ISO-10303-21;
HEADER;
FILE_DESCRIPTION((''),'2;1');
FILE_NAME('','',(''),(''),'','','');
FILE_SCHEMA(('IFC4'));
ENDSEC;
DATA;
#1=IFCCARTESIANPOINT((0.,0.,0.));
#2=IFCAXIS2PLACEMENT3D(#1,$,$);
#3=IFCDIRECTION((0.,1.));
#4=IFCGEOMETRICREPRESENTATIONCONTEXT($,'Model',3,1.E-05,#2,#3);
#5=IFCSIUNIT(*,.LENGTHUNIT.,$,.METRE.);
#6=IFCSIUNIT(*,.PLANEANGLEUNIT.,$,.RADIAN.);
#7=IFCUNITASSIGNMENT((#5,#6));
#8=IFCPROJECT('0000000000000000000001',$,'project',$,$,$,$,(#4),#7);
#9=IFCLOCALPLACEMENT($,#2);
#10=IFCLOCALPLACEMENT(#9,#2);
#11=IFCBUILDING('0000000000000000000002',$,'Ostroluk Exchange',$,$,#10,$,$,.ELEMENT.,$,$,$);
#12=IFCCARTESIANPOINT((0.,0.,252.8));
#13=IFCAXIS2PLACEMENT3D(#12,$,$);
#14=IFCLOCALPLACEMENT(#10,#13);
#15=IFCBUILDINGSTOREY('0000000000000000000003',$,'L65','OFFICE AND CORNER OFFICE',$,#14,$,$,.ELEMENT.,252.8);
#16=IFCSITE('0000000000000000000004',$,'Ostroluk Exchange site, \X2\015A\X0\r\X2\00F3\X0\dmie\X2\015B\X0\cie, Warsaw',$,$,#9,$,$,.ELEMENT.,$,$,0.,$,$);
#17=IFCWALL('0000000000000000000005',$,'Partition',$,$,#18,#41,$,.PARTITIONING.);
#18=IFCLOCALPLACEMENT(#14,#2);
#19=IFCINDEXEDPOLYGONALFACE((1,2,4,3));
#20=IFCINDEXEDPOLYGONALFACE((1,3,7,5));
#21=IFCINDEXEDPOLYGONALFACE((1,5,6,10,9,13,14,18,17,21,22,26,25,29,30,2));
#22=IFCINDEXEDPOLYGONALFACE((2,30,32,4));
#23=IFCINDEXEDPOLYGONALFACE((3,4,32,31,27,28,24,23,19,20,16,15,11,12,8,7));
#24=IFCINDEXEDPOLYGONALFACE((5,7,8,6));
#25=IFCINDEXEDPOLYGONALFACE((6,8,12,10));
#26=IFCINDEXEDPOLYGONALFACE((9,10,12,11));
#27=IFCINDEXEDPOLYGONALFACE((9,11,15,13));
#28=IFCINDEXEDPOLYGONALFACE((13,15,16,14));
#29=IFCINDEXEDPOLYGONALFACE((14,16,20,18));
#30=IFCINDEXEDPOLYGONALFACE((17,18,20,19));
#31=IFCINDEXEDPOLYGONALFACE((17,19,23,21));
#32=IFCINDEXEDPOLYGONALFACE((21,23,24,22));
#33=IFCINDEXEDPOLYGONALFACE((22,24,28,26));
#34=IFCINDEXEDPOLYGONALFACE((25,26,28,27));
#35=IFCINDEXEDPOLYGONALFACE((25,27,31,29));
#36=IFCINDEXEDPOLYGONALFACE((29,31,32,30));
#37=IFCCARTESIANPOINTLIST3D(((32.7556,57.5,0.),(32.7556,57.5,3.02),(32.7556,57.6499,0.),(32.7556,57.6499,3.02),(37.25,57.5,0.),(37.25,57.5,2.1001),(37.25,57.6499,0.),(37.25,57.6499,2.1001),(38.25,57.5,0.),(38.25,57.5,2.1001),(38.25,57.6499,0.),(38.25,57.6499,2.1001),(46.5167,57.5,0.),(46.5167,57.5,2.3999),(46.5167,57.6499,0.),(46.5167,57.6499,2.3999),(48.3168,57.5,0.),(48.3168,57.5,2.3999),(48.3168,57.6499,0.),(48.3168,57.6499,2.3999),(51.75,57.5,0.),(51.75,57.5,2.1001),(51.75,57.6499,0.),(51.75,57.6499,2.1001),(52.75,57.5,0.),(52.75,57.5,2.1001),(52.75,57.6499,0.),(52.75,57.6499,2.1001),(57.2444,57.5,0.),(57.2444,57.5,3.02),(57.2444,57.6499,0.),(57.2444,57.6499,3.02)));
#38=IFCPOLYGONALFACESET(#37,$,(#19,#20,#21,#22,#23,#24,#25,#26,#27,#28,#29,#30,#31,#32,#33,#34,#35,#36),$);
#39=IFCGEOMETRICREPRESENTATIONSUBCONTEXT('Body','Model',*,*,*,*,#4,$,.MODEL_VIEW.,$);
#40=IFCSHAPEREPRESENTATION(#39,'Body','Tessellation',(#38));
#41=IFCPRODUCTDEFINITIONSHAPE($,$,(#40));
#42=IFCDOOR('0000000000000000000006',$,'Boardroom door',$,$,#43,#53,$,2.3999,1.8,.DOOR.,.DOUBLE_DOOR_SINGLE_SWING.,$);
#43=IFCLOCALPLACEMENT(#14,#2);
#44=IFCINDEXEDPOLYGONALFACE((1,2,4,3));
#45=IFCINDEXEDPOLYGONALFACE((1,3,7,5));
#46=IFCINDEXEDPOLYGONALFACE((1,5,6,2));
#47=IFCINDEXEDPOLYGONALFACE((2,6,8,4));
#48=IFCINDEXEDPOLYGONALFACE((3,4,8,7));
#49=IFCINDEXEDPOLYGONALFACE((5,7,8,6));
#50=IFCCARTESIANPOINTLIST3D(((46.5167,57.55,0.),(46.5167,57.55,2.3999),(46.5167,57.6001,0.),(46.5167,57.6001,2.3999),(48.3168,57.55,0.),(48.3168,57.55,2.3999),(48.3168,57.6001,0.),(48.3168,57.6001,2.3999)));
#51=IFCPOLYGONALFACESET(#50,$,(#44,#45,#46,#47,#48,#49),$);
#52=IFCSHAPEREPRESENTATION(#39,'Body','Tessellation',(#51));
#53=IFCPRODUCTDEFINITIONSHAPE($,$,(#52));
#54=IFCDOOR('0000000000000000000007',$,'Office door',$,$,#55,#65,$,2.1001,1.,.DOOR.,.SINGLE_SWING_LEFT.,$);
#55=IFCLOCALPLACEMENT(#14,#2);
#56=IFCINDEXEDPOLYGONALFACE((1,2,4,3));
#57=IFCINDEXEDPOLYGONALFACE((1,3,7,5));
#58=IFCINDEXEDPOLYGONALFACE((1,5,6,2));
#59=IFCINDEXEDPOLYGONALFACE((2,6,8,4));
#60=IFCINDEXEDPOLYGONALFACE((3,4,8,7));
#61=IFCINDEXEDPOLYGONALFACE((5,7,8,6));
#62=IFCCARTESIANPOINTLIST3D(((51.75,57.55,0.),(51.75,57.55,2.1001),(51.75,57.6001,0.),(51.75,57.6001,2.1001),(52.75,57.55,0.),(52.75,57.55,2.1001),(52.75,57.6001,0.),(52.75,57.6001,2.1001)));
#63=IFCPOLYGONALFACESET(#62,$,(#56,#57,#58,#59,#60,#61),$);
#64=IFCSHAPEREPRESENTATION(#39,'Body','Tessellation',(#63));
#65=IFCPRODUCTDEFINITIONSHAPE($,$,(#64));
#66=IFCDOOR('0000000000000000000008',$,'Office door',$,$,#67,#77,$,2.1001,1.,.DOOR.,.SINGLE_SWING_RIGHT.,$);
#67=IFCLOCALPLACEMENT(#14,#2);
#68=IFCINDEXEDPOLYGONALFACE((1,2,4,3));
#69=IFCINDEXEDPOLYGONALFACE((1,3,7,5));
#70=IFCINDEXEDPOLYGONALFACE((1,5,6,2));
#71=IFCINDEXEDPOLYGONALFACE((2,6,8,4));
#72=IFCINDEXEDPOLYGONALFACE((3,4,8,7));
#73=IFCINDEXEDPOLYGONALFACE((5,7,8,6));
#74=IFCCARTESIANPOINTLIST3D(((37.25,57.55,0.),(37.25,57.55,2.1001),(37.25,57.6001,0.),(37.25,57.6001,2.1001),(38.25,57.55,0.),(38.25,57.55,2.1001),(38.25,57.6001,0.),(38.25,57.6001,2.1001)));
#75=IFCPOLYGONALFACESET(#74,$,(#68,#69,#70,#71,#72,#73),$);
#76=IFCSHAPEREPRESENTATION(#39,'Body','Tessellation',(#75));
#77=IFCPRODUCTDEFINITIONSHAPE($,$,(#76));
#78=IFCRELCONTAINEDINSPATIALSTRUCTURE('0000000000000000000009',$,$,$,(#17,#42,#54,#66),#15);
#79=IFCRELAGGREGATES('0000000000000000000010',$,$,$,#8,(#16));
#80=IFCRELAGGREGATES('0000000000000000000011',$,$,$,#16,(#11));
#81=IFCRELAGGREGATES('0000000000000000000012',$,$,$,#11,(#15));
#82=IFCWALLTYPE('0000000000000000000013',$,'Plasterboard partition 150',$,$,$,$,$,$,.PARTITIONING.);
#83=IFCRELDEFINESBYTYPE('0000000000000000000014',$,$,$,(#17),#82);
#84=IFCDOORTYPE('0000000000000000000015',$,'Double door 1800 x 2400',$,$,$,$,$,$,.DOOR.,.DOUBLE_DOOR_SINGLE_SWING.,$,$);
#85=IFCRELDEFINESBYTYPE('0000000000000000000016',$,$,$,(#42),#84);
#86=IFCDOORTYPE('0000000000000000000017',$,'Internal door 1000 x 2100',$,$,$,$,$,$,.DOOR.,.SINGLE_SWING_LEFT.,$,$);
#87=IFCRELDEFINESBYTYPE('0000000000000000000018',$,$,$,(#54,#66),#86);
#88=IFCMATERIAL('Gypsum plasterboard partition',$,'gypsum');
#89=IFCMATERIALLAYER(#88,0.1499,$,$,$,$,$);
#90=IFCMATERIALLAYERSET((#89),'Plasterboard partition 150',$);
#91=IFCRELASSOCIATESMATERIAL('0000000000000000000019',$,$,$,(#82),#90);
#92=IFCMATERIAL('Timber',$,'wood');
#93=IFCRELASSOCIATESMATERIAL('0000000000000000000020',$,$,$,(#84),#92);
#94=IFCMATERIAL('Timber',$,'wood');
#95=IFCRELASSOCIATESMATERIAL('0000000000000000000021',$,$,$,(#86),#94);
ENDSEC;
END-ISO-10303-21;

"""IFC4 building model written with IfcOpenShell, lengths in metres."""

from ifc_helpers import new_model, si_unit, direction, frame, frame_2d, origin, place, context, subcontext, project, spatial, rectangle, extrude, material, layer, layer_set, type_object, element, fill, save


model = new_model("IFC4")

# Units and contexts
model_context = context("Model", 3, precision=1e-05, world=origin(), true_north=direction((0.0, 1.0)))
body_context = subcontext(model_context, "Body", "Model", "MODEL_VIEW")
ifc_project = project(units=[si_unit("LENGTHUNIT", "METRE"), si_unit("PLANEANGLEUNIT", "RADIAN")], contexts=[model_context])

# Site, building, storey
site_placement = place(None, origin())
site = spatial("IfcSite", under=ifc_project, at=site_placement, Name="Ostroluk Exchange site, Śródmieście, Warsaw", CompositionType="ELEMENT", RefElevation=0.0)
building_placement = place(site_placement, origin())
building = spatial("IfcBuilding", under=site, at=building_placement, Name="Ostroluk Exchange", CompositionType="ELEMENT")
storey_placement = place(building_placement, frame((0.0, 0.0, 252.8)))
storey = spatial("IfcBuildingStorey", under=building, at=storey_placement, Name="L65", Description="OFFICE AND CORNER OFFICE", CompositionType="ELEMENT", Elevation=252.8)

# Shared definitions
ifc_material_1 = material(Name="Gypsum plasterboard partition", Category="gypsum")
ifc_layer_1 = layer(ifc_material_1, 0.1499)
ifc_layer_set_1 = layer_set([ifc_layer_1], Name="Plasterboard partition 150")
wall_type = type_object("IfcWallType", Name="Plasterboard partition 150", PredefinedType="PARTITIONING", material=ifc_layer_set_1)

# Wall, openings, doors
wall_1_placement = place(storey_placement, frame((57.2444, 57.575, 0.0), z_axis=(0.0, 0.0, 1.0), x_axis=(-1.0, 0.0, 0.0)))
wall_1 = element("IfcWall", 1, at=wall_1_placement, inside=storey, type_object=wall_type, Name="Partition", PredefinedType="PARTITIONING", context=body_context, shape_type="SweptSolid", body=[
    extrude(rectangle(XDim=24.4888, YDim=0.1499, at=frame_2d((12.2444, 0.0))), origin(), (0.0, 0.0, 1.0), 3.02),
])
opening_1_placement = place(wall_1_placement, frame((4.4944, 0.0, 0.0)))
opening_1 = element("IfcOpeningElement", 2, at=opening_1_placement, cuts=wall_1, PredefinedType="OPENING", context=body_context, shape_type="SweptSolid", body=[
    extrude(rectangle(XDim=1.0, YDim=2.1001, at=frame_2d((0.5, 1.05))), frame((0.0, 0.085, 0.0), z_axis=(0.0, -1.0, 0.0), x_axis=(1.0, 0.0, 0.0)), (0.0, 0.0, 1.0), 0.1699),
])
opening_2_placement = place(wall_1_placement, frame((8.9277, 0.0, 0.0)))
opening_2 = element("IfcOpeningElement", 3, at=opening_2_placement, cuts=wall_1, PredefinedType="OPENING", context=body_context, shape_type="SweptSolid", body=[
    extrude(rectangle(XDim=1.8, YDim=2.3999, at=frame_2d((0.8999, 1.2))), frame((0.0, 0.085, 0.0), z_axis=(0.0, -1.0, 0.0), x_axis=(1.0, 0.0, 0.0)), (0.0, 0.0, 1.0), 0.1699),
])
opening_3_placement = place(wall_1_placement, frame((18.9944, 0.0, 0.0)))
opening_3 = element("IfcOpeningElement", 4, at=opening_3_placement, cuts=wall_1, PredefinedType="OPENING", context=body_context, shape_type="SweptSolid", body=[
    extrude(rectangle(XDim=1.0, YDim=2.1001, at=frame_2d((0.5, 1.05))), frame((0.0, 0.085, 0.0), z_axis=(0.0, -1.0, 0.0), x_axis=(1.0, 0.0, 0.0)), (0.0, 0.0, 1.0), 0.1699),
])
ifc_material_2 = material(Name="Timber", Category="wood")
door_type_1 = type_object("IfcDoorType", Name="Double door 1800 x 2400", OperationType="DOUBLE_DOOR_SINGLE_SWING", PredefinedType="DOOR", material=ifc_material_2)
door_1_placement = place(opening_2_placement, origin())
door_1 = element("IfcDoor", 5, at=door_1_placement, inside=storey, type_object=door_type_1, Name="Boardroom door", OperationType="DOUBLE_DOOR_SINGLE_SWING", OverallHeight=2.3999, OverallWidth=1.8, PredefinedType="DOOR", context=body_context, shape_type="SweptSolid", body=[
    extrude(rectangle(XDim=1.8, YDim=2.3999, at=frame_2d((0.8999, 1.2))), frame((0.0, 0.0249, 0.0), z_axis=(0.0, -1.0, 0.0), x_axis=(1.0, 0.0, 0.0)), (0.0, 0.0, 1.0), 0.05),
])
fill(opening_2, door_1)
ifc_material_3 = material(Name="Timber", Category="wood")
door_type_2 = type_object("IfcDoorType", Name="Internal door 1000 x 2100", OperationType="SINGLE_SWING_LEFT", PredefinedType="DOOR", material=ifc_material_3)
door_2_placement = place(opening_1_placement, origin())
door_2 = element("IfcDoor", 6, at=door_2_placement, inside=storey, type_object=door_type_2, Name="Office door", OperationType="SINGLE_SWING_LEFT", OverallHeight=2.1001, OverallWidth=1.0, PredefinedType="DOOR", context=body_context, shape_type="SweptSolid", body=[
    extrude(rectangle(XDim=1.0, YDim=2.1001, at=frame_2d((0.5, 1.05))), frame((0.0, 0.0249, 0.0), z_axis=(0.0, -1.0, 0.0), x_axis=(1.0, 0.0, 0.0)), (0.0, 0.0, 1.0), 0.05),
])
fill(opening_1, door_2)
door_3_placement = place(opening_3_placement, origin())
door_3 = element("IfcDoor", 7, at=door_3_placement, inside=storey, type_object=door_type_2, Name="Office door", OperationType="SINGLE_SWING_RIGHT", OverallHeight=2.1001, OverallWidth=1.0, PredefinedType="DOOR", context=body_context, shape_type="SweptSolid", body=[
    extrude(rectangle(XDim=1.0, YDim=2.1001, at=frame_2d((0.5, 1.05))), frame((0.0, 0.0249, 0.0), z_axis=(0.0, -1.0, 0.0), x_axis=(1.0, 0.0, 0.0)), (0.0, 0.0, 1.0), 0.05),
])
fill(opening_3, door_3)

save(model, "model.ifc")
